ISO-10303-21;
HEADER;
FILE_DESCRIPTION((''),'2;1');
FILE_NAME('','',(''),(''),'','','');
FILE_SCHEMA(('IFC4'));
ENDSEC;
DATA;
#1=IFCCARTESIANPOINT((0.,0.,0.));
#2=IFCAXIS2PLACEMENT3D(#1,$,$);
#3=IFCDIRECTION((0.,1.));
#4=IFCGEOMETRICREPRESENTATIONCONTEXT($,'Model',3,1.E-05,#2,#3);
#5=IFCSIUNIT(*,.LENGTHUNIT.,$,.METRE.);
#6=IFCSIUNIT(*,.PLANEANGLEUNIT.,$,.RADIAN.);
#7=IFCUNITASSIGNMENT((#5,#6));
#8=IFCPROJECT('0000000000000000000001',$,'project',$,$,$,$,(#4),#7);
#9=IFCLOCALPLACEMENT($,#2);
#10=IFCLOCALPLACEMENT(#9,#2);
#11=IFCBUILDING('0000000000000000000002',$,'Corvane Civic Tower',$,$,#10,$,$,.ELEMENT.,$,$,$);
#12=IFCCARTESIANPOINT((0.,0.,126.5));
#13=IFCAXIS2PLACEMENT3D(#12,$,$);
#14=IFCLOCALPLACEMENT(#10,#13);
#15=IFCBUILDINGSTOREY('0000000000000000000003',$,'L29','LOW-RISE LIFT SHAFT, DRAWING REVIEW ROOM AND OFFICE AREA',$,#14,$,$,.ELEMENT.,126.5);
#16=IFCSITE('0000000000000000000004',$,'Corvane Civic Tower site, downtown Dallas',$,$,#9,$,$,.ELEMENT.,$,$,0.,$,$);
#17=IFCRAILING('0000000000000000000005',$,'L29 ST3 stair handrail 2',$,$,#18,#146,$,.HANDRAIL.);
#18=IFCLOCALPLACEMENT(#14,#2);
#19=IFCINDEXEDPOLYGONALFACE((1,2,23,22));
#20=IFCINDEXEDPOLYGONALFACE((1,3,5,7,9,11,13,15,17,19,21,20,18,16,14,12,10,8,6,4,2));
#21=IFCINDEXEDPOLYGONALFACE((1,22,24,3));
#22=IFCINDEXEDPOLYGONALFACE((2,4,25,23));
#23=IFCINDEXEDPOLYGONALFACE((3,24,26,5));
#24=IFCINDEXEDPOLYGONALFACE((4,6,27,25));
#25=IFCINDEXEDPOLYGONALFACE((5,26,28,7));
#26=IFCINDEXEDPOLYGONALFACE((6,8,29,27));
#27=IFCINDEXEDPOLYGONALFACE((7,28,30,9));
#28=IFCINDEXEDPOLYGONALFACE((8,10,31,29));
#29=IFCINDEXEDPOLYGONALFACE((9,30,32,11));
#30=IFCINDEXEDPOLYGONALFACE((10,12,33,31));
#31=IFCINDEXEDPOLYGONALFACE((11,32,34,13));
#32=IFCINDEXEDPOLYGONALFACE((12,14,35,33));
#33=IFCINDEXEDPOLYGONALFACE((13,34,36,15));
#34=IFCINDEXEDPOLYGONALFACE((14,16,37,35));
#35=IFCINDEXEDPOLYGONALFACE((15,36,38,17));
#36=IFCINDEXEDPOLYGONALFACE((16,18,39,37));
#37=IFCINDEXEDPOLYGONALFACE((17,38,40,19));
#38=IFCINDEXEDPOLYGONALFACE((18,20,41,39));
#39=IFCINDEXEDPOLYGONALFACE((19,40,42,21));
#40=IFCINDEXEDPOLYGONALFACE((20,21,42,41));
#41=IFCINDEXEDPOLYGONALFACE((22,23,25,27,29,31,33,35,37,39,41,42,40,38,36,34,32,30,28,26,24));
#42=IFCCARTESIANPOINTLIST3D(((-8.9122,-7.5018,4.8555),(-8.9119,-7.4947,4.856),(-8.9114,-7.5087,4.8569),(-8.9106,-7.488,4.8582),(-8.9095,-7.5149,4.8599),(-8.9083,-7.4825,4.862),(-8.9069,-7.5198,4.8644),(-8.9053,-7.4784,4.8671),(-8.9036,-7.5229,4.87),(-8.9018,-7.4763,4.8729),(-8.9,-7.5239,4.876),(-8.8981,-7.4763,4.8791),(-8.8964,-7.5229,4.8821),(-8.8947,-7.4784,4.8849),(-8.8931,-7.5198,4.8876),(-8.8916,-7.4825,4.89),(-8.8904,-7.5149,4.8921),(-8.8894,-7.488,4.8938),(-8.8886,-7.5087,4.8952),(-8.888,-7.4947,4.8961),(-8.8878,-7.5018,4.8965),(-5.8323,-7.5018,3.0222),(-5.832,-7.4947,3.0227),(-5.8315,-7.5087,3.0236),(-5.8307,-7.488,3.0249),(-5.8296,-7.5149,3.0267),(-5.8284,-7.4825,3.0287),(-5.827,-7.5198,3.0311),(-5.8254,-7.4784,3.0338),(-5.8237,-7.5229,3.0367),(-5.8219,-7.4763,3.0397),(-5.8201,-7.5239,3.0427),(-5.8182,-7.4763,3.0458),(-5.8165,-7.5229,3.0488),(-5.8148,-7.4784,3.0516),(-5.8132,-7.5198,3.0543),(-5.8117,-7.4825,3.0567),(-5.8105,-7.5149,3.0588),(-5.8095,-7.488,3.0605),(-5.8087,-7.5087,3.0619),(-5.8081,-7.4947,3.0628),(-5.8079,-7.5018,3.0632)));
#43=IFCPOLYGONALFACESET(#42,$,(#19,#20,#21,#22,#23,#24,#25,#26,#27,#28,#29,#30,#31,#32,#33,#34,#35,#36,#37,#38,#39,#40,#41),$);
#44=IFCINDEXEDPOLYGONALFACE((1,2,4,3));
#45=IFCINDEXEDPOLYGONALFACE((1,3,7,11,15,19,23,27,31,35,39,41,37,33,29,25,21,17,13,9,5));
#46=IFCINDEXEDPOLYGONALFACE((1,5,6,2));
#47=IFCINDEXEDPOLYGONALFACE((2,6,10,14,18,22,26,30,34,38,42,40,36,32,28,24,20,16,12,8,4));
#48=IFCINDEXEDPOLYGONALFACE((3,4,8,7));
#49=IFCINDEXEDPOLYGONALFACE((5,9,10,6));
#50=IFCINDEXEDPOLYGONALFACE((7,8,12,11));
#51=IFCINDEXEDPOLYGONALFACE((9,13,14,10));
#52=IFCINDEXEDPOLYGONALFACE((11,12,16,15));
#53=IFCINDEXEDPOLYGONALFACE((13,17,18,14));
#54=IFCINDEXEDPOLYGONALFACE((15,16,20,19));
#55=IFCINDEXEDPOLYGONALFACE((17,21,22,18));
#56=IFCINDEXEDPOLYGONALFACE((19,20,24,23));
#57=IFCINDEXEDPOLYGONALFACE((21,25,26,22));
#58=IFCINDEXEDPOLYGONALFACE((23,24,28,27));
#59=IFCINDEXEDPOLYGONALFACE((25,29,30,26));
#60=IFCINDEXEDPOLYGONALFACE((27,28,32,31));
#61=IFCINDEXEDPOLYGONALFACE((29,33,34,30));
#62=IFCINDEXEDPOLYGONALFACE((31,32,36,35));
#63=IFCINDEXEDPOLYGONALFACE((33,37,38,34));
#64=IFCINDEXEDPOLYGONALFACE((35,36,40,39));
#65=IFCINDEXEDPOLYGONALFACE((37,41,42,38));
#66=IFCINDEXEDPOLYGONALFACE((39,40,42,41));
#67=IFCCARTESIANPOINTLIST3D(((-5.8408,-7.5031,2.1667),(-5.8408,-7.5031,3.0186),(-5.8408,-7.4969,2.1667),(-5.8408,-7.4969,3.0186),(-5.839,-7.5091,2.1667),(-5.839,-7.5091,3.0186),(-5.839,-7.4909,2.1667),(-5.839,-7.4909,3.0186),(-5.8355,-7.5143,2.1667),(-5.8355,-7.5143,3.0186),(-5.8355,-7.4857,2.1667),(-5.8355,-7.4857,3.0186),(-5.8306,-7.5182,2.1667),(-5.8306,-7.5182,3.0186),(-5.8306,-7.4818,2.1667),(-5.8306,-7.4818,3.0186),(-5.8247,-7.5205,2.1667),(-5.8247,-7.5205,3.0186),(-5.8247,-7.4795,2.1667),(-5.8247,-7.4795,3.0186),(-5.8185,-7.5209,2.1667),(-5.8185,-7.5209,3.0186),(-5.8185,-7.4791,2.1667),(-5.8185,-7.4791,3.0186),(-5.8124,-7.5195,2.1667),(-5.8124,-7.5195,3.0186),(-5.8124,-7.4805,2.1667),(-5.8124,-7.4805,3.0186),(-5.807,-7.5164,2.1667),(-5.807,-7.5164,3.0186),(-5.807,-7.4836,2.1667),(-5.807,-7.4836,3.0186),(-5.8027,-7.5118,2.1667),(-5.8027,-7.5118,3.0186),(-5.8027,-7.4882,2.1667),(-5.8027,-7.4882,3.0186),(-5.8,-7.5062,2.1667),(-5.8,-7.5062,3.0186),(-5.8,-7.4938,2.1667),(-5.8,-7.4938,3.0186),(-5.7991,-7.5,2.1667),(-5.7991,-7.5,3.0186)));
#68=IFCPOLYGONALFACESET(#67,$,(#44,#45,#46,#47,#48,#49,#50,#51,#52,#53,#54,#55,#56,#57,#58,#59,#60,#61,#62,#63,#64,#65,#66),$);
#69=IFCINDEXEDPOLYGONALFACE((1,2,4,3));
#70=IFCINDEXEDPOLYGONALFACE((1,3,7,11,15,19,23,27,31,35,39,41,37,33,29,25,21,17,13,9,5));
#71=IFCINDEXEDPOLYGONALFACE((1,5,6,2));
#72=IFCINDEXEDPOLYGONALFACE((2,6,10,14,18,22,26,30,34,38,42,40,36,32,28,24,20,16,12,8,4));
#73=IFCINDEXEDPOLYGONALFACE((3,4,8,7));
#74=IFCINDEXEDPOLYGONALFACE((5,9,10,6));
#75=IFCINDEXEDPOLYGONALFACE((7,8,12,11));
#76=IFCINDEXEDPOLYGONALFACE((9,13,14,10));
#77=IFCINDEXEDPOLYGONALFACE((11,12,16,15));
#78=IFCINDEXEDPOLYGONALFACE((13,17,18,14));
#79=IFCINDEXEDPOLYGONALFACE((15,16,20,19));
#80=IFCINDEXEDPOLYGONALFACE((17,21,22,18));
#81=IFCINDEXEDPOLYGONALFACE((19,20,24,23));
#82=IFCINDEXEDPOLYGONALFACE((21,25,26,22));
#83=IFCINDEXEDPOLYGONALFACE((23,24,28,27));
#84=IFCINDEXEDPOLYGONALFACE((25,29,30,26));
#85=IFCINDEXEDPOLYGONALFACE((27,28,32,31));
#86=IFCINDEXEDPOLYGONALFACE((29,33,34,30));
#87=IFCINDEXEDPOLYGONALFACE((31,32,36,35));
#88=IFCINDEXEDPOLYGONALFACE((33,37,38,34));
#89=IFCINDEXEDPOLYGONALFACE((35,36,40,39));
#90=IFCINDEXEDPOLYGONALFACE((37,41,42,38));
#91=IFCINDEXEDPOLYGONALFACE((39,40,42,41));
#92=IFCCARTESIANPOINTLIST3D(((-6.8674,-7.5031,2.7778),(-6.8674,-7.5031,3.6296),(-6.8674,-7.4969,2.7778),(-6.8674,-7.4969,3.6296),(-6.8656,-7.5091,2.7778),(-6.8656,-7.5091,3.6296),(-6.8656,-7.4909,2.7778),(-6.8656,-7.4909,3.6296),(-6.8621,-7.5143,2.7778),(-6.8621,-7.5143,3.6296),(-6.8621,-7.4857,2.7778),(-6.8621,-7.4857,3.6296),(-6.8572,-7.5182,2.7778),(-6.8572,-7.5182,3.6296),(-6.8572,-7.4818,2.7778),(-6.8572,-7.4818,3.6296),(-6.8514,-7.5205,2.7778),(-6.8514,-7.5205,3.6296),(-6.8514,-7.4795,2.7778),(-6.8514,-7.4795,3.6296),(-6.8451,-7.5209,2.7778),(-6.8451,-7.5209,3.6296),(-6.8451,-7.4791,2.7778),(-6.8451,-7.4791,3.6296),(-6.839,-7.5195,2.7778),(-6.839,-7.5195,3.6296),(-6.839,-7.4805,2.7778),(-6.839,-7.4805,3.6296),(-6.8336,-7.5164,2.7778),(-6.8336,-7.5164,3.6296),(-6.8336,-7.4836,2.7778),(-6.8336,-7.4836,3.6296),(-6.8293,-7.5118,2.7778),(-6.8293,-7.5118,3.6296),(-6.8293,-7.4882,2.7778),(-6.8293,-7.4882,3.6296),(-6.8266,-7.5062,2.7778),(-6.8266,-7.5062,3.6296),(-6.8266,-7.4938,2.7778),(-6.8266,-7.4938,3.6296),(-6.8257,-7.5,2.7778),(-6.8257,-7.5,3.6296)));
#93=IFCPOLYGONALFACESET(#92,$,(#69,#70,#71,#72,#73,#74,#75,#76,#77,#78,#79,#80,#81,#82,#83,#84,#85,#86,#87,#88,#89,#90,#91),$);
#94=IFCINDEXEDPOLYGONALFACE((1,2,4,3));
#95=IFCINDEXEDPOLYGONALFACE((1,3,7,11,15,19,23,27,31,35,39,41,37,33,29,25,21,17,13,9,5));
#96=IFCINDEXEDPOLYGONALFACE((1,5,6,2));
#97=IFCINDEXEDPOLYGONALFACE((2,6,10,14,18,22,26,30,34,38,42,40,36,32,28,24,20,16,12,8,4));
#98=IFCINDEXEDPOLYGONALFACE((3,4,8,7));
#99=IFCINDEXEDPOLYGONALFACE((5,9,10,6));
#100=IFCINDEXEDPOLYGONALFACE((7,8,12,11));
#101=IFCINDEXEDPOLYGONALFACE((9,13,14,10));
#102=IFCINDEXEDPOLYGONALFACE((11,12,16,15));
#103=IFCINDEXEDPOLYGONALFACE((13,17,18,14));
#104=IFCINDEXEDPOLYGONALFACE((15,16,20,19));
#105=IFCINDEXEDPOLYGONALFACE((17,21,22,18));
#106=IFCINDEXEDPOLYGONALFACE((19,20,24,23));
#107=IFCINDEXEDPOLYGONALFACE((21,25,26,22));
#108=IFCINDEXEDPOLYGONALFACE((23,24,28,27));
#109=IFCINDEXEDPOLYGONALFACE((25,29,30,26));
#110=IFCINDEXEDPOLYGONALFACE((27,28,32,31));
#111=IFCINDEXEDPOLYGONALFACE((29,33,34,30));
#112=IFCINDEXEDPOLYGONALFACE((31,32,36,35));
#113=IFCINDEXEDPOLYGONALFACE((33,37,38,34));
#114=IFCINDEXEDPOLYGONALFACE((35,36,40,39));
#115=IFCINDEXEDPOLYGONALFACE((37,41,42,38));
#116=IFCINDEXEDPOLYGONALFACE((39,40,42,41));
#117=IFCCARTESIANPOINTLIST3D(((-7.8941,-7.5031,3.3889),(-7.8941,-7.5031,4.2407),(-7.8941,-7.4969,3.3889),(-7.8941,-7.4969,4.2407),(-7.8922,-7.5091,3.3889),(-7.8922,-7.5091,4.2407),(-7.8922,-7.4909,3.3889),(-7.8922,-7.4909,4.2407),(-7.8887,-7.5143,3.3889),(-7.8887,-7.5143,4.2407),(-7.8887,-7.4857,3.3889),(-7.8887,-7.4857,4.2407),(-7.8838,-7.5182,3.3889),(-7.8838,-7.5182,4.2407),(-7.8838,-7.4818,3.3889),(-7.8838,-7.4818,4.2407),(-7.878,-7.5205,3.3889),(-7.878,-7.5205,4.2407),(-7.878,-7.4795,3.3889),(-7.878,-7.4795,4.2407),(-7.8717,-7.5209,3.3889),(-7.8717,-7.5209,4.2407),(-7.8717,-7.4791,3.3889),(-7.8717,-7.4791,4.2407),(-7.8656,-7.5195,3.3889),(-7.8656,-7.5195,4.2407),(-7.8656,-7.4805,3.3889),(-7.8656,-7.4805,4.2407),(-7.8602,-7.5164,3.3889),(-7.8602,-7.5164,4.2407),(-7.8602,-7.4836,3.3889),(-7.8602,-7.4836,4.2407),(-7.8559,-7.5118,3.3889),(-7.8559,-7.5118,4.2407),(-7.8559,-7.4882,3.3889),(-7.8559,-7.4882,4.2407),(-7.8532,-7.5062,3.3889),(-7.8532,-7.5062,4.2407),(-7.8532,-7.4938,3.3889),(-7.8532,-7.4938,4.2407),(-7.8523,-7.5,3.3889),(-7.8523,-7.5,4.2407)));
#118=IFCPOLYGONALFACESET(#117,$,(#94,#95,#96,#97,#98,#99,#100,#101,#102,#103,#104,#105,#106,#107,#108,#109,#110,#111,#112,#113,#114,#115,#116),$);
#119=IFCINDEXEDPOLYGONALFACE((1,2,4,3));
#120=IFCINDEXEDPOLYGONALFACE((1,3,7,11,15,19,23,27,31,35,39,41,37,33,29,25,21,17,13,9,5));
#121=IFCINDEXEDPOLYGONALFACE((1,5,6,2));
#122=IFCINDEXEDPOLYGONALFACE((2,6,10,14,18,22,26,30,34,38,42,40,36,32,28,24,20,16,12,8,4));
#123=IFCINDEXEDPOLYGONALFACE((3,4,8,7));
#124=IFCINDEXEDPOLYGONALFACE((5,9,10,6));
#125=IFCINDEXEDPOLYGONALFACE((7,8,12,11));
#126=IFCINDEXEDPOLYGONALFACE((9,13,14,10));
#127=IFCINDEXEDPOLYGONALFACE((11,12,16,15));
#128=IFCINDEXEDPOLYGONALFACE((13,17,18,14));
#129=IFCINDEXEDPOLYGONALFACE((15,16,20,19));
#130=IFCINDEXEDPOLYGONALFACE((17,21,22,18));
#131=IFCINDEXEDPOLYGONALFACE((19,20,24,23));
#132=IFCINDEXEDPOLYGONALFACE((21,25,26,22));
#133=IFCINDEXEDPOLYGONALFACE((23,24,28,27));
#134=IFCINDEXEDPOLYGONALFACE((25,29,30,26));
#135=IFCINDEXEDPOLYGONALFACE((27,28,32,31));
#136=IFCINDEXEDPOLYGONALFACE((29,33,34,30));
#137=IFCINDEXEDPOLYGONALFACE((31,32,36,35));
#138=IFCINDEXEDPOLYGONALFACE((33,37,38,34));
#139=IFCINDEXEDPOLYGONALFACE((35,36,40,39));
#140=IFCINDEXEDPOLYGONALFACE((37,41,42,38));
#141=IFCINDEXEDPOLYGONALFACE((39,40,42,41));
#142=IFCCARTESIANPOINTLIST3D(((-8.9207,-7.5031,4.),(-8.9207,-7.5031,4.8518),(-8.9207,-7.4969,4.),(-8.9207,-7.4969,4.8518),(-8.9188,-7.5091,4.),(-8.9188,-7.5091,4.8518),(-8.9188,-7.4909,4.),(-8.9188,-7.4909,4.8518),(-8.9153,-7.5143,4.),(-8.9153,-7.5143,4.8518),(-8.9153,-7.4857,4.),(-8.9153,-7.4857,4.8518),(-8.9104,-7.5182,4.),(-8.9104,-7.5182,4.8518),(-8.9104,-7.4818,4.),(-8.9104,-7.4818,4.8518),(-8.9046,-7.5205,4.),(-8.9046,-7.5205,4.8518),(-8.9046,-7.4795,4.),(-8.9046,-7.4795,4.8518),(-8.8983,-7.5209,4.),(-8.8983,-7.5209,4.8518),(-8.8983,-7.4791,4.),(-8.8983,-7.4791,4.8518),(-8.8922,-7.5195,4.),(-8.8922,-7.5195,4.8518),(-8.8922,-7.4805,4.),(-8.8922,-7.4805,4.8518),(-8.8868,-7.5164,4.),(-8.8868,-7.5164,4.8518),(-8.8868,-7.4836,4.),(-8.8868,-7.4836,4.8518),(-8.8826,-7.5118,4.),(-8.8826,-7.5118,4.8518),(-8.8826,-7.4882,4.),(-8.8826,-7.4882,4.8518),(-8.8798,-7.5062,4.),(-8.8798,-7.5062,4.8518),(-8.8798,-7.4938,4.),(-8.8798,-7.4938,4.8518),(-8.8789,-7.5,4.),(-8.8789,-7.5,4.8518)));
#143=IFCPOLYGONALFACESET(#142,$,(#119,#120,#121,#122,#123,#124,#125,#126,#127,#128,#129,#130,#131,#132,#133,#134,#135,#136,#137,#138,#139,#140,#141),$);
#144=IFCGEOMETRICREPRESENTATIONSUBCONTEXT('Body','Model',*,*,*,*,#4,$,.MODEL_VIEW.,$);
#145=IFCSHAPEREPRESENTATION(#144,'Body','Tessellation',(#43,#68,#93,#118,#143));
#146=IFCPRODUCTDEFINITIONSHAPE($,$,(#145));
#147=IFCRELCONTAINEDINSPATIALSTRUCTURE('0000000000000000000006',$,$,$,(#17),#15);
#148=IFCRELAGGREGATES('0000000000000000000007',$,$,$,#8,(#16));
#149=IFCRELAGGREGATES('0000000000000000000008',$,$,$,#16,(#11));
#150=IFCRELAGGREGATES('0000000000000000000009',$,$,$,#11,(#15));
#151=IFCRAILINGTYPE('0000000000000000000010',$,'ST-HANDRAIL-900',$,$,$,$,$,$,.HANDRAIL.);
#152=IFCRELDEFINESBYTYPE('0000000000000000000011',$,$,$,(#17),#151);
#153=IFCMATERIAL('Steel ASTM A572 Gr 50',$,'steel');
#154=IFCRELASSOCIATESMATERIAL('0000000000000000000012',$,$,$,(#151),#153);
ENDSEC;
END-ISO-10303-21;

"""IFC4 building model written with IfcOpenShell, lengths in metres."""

from ifc_helpers import new_model, si_unit, direction, frame, origin, origin_2d, place, context, subcontext, project, spatial, circle, extrude, material, type_object, element, save


model = new_model("IFC4")

# Units and contexts
model_context = context("Model", 3, precision=1e-05, world=origin(), true_north=direction((0.0, 1.0)))
body_context = subcontext(model_context, "Body", "Model", "MODEL_VIEW")
ifc_project = project(units=[si_unit("LENGTHUNIT", "METRE"), si_unit("PLANEANGLEUNIT", "RADIAN")], contexts=[model_context])

# Site, building, storey
site_placement = place(None, origin())
site = spatial("IfcSite", under=ifc_project, at=site_placement, Name="Corvane Civic Tower site, downtown Dallas", CompositionType="ELEMENT", RefElevation=0.0)
building_placement = place(site_placement, origin())
building = spatial("IfcBuilding", under=site, at=building_placement, Name="Corvane Civic Tower", CompositionType="ELEMENT")
storey_placement = place(building_placement, frame((0.0, 0.0, 126.5)))
storey = spatial("IfcBuildingStorey", under=building, at=storey_placement, Name="L29", Description="LOW-RISE LIFT SHAFT, DRAWING REVIEW ROOM AND OFFICE AREA", CompositionType="ELEMENT", Elevation=126.5)

# Railing
ifc_material_1 = material(Name="Steel ASTM A572 Gr 50", Category="steel")
railing_type_1 = type_object("IfcRailingType", Name="ST-HANDRAIL-900", PredefinedType="HANDRAIL", material=ifc_material_1)
railing_1_placement = place(storey_placement, frame((-5.8201, -7.5, 2.1667)))
element("IfcRailing", 1, at=railing_1_placement, inside=storey, type_object=railing_type_1, Name="L29 ST3 stair handrail 2", PredefinedType="HANDRAIL", context=body_context, shape_type="SweptSolid", body=[
    extrude(circle(Radius=0.0239, at=origin_2d()), frame((0.0, 0.0, 0.876), z_axis=(-0.859291, 0.0, 0.511487), x_axis=(0.0, -1.0, 0.0)), (0.0, 0.0, 1.0), 3.5842),
    extrude(circle(Radius=0.021, at=origin_2d()), origin(), (0.0, 0.0, 1.0), 0.8518),
    extrude(circle(Radius=0.021, at=origin_2d()), frame((-1.0266, 0.0, 0.6111)), (0.0, 0.0, 1.0), 0.8518),
    extrude(circle(Radius=0.021, at=origin_2d()), frame((-2.0532, 0.0, 1.2222)), (0.0, 0.0, 1.0), 0.8518),
    extrude(circle(Radius=0.021, at=origin_2d()), frame((-3.0798, 0.0, 1.8333)), (0.0, 0.0, 1.0), 0.8518),
])

save(model, "model.ifc")
